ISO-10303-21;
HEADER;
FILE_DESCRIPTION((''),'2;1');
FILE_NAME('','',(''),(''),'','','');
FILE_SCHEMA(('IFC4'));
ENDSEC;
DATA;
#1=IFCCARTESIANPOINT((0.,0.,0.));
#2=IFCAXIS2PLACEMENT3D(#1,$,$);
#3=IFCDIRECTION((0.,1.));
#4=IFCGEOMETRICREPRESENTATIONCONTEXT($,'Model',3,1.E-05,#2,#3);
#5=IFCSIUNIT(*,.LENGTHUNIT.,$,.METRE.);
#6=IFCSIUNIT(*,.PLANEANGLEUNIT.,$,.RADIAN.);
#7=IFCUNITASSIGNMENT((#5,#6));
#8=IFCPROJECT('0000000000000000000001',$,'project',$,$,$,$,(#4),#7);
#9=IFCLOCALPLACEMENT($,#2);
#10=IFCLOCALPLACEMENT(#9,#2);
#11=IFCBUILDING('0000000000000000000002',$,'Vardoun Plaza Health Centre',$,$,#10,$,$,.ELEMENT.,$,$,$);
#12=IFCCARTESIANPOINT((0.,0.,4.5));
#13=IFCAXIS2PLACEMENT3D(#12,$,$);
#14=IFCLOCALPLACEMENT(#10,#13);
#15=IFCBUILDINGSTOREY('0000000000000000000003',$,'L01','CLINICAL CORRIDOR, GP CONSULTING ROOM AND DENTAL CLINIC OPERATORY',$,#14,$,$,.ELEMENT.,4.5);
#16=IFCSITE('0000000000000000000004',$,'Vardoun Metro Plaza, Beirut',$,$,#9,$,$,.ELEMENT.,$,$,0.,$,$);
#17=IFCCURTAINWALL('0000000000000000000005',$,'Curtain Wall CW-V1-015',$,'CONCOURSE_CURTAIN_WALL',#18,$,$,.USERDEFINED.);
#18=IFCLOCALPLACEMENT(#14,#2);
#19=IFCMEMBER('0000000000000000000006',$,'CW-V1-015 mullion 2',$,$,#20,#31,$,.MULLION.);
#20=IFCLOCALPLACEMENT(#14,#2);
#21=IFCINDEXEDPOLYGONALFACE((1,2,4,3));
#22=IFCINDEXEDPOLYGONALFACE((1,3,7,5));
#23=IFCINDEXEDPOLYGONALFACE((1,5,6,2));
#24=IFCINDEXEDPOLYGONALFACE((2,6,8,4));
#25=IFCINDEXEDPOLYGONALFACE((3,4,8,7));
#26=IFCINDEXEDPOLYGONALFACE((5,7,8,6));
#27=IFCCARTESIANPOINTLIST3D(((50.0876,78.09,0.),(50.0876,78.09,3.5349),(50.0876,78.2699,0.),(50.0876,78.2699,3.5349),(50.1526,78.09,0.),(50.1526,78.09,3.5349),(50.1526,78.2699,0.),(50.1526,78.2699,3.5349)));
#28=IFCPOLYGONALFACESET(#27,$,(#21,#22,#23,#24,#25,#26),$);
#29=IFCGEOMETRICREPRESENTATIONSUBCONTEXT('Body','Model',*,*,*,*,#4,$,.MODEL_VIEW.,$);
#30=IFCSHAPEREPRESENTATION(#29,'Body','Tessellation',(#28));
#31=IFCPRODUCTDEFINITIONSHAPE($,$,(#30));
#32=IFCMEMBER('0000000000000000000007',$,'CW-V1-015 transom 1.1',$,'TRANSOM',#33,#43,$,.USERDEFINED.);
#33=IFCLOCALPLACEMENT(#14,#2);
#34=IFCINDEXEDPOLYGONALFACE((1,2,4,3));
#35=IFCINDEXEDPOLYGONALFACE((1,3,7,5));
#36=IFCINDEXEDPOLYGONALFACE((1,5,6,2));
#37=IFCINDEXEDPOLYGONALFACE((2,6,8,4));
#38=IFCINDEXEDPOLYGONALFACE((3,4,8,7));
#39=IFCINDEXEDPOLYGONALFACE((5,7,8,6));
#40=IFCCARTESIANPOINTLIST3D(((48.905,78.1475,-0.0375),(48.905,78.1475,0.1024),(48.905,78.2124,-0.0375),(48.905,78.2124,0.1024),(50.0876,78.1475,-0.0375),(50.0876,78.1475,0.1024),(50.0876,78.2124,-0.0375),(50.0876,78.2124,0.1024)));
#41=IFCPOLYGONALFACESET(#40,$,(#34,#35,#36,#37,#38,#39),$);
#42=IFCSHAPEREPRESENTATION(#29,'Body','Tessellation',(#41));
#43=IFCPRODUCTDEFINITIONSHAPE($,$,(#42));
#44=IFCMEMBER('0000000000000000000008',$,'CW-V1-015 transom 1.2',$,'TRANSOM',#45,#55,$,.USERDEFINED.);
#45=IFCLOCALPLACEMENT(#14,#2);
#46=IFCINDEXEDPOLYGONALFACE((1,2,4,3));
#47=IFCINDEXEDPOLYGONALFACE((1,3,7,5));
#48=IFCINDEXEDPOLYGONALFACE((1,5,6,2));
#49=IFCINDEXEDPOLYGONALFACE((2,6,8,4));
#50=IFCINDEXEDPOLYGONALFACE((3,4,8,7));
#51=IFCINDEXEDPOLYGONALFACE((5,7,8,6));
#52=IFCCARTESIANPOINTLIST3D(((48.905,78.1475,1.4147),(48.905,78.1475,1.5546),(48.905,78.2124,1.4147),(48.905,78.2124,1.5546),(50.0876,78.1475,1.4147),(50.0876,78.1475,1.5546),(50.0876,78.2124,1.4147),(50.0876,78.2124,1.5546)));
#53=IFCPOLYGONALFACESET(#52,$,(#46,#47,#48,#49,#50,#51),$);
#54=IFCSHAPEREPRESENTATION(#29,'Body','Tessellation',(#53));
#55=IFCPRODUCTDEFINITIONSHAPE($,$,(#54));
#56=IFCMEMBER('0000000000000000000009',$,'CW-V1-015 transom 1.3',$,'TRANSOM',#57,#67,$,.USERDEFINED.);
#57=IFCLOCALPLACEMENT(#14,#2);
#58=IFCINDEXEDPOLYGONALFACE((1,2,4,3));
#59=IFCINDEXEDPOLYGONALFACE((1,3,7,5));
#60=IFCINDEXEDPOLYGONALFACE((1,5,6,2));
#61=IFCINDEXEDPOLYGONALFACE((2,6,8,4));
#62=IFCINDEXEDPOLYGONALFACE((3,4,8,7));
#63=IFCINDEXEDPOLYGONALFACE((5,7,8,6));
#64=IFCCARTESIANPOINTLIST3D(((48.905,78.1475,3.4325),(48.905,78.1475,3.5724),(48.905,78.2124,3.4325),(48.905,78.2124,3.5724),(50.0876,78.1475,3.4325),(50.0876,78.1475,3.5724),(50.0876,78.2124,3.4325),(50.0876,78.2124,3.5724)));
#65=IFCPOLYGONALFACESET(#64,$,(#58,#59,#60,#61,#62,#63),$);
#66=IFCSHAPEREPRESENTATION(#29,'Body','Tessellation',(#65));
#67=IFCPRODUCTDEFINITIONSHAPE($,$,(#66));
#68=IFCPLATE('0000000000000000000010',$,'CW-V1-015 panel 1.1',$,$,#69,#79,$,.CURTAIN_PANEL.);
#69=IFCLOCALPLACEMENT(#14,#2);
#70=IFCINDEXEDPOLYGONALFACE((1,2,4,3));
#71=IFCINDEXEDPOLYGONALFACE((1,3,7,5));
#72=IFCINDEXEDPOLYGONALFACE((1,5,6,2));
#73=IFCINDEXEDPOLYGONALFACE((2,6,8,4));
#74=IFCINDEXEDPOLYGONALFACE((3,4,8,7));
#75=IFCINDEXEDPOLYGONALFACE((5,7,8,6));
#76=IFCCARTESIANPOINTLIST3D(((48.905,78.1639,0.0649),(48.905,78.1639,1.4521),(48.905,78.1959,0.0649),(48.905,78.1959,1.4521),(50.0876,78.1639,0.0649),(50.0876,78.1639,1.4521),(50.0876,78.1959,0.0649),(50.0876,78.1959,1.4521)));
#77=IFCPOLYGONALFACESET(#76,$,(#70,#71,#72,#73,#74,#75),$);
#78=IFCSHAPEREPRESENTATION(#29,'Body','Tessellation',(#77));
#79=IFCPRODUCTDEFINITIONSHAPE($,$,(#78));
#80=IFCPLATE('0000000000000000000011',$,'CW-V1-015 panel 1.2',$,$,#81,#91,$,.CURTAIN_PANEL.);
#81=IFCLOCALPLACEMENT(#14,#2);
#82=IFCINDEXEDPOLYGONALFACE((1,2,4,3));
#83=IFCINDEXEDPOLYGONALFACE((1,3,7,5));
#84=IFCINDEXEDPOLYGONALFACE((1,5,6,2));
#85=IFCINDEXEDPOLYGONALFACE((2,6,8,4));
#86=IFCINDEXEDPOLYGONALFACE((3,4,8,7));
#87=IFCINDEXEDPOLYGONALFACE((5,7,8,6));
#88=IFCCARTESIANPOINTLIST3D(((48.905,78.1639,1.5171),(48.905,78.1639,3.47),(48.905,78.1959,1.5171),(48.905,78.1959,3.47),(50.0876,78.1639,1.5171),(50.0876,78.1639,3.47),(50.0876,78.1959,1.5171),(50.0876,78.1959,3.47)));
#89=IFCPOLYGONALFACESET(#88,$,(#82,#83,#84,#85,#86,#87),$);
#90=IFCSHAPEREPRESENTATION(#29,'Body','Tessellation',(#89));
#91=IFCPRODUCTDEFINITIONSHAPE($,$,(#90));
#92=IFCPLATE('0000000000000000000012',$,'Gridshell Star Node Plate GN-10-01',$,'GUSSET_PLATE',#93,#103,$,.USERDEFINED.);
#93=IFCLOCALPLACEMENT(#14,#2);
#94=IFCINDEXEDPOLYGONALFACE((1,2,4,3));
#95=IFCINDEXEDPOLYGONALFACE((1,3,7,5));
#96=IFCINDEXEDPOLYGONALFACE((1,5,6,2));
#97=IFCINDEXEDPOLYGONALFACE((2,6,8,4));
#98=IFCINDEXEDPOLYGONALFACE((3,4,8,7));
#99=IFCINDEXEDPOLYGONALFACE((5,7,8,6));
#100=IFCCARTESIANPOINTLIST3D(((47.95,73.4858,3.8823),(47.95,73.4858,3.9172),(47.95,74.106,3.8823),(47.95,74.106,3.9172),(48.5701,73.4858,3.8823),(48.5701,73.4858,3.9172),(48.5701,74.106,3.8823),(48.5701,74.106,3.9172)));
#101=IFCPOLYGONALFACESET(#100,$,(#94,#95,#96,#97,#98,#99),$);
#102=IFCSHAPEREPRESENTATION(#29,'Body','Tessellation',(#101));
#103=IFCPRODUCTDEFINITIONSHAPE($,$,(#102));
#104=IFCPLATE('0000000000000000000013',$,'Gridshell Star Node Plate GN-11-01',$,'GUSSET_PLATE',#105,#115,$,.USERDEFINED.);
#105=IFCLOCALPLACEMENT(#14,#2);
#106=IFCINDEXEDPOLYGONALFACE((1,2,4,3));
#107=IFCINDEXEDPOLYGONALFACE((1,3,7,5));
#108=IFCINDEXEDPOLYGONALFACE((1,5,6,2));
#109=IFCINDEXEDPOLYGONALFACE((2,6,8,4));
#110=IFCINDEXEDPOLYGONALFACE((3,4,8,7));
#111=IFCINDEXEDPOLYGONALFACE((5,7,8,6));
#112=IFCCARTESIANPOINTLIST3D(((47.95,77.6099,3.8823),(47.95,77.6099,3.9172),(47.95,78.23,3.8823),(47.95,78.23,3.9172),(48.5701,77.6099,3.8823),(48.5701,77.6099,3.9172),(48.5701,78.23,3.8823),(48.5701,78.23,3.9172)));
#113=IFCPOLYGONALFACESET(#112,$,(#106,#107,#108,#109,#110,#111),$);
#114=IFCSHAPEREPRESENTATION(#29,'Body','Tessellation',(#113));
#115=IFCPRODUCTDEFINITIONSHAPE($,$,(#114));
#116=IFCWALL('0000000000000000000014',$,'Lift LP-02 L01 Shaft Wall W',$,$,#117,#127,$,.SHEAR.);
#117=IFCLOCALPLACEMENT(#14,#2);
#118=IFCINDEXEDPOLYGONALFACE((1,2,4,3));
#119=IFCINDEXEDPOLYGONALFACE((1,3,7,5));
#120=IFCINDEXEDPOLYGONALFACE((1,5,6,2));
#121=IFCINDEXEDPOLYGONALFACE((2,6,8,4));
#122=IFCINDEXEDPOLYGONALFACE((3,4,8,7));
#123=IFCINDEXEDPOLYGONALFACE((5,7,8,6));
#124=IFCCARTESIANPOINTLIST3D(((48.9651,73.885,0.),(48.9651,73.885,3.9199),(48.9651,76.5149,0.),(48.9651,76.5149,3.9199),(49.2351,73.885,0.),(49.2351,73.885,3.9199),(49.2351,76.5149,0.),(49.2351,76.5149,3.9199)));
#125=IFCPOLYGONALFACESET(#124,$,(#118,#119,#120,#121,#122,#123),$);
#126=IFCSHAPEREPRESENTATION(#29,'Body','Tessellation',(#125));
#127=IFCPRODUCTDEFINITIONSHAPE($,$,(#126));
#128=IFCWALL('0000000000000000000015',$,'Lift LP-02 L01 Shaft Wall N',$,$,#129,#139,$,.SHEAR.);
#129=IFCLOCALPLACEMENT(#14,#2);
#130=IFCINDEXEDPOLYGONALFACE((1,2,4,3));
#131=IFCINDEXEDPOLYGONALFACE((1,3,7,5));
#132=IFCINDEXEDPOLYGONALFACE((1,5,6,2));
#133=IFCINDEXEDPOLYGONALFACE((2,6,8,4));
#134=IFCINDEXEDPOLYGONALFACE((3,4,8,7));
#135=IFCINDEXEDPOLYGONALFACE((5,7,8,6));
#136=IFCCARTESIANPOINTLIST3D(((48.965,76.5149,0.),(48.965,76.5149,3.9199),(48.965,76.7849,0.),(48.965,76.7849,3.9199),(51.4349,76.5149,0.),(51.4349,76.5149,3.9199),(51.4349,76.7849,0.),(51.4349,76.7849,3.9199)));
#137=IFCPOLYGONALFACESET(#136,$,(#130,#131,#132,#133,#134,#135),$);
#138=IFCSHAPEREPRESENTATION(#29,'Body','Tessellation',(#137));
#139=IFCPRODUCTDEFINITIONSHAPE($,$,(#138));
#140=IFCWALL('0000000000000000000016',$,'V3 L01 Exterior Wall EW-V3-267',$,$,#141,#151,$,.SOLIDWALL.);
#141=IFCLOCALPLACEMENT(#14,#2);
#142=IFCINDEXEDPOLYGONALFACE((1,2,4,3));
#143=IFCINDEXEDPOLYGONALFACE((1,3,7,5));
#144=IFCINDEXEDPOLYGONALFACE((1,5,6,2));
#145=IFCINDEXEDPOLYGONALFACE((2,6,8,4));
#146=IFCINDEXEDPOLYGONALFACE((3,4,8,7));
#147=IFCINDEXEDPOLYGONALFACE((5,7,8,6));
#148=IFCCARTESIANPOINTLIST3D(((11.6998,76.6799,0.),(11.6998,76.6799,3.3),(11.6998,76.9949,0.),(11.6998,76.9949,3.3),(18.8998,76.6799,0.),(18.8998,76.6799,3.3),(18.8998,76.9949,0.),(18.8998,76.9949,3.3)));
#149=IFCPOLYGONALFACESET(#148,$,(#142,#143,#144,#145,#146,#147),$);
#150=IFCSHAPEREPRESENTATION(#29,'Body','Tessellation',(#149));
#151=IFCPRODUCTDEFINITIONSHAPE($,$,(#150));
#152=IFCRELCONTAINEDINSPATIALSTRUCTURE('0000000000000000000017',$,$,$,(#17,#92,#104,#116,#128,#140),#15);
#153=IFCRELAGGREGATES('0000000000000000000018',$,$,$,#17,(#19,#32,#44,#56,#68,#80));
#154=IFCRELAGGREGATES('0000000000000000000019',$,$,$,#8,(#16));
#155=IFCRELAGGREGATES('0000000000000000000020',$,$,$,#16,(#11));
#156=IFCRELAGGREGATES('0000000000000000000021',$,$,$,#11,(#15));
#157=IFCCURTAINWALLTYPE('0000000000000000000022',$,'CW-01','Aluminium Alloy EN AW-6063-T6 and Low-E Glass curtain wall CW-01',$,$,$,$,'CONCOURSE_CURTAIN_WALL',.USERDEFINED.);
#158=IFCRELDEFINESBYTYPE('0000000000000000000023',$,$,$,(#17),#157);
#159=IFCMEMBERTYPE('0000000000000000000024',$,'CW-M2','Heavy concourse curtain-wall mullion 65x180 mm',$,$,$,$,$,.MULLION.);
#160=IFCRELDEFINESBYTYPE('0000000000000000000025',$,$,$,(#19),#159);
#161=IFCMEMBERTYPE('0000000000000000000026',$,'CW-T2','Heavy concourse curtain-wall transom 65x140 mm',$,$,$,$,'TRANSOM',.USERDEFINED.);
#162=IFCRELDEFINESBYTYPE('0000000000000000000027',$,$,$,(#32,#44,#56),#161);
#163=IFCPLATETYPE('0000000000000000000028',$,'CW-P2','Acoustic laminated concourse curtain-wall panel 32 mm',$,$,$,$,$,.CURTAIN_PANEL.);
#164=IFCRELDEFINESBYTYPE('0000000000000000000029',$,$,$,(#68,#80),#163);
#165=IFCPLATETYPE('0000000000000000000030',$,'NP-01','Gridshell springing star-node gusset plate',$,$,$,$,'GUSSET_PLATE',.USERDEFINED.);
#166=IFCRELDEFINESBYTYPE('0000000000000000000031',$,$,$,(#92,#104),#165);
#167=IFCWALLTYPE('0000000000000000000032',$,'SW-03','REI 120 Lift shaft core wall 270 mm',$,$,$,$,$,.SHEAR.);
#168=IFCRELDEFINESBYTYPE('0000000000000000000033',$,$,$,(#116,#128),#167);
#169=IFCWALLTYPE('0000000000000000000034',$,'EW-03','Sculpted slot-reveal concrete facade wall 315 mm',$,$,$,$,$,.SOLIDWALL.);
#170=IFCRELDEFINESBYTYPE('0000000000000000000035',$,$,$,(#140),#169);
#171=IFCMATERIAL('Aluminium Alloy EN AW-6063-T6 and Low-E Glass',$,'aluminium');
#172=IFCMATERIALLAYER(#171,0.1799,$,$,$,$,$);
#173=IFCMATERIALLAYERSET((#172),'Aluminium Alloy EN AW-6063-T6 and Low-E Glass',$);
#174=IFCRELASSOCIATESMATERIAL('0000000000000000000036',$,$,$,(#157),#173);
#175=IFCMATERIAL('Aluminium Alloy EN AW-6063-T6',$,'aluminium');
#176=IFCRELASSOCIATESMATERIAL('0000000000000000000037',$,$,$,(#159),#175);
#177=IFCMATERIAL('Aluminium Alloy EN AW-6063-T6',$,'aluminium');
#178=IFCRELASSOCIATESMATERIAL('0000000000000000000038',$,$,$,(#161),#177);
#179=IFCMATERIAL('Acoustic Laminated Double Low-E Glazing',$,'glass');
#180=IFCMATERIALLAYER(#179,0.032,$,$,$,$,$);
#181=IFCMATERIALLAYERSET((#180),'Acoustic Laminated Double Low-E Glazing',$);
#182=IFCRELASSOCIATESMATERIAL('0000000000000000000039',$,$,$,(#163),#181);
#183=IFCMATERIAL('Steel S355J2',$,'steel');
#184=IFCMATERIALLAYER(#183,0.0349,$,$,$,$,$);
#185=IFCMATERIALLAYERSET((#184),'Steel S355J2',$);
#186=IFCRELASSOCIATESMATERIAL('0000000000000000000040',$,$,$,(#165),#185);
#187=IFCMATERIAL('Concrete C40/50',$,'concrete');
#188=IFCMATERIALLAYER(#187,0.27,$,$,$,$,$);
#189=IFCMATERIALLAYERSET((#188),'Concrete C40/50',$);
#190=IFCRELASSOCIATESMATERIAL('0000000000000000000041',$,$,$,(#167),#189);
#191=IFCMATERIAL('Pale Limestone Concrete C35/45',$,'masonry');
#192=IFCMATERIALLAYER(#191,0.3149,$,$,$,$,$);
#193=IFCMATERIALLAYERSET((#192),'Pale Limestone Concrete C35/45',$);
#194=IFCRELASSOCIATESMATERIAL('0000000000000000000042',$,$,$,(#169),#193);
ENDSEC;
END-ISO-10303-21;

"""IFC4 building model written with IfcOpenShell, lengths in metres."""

from ifc_helpers import new_model, si_unit, direction, frame, frame_2d, origin, origin_2d, place, context, subcontext, project, spatial, rectangle, extrude, material, layer, layer_set, material_profile, profile_set, type_object, element, aggregate, save


model = new_model("IFC4")

# Units and contexts
model_context = context("Model", 3, precision=1e-05, world=origin(), true_north=direction((0.0, 1.0)))
body_context = subcontext(model_context, "Body", "Model", "MODEL_VIEW")
ifc_project = project(units=[si_unit("LENGTHUNIT", "METRE"), si_unit("PLANEANGLEUNIT", "RADIAN")], contexts=[model_context])

# Site, building, storey
site_placement = place(None, origin())
site = spatial("IfcSite", under=ifc_project, at=site_placement, Name="Vardoun Metro Plaza, Beirut", CompositionType="ELEMENT", RefElevation=0.0)
building_placement = place(site_placement, origin())
building = spatial("IfcBuilding", under=site, at=building_placement, Name="Vardoun Plaza Health Centre", CompositionType="ELEMENT")
storey_placement = place(building_placement, frame((0.0, 0.0, 4.5)))
storey = spatial("IfcBuildingStorey", under=building, at=storey_placement, Name="L01", Description="CLINICAL CORRIDOR, GP CONSULTING ROOM AND DENTAL CLINIC OPERATORY", CompositionType="ELEMENT", Elevation=4.5)

# Curtain wall, members, plates
ifc_material_1 = material(Name="Aluminium Alloy EN AW-6063-T6 and Low-E Glass", Category="aluminium")
ifc_layer_1 = layer(ifc_material_1, 0.1799)
ifc_layer_set_1 = layer_set([ifc_layer_1], Name="Aluminium Alloy EN AW-6063-T6 and Low-E Glass")
curtain_wall_type = type_object("IfcCurtainWallType", Name="CW-01", Description="Aluminium Alloy EN AW-6063-T6 and Low-E Glass curtain wall CW-01", ElementType="CONCOURSE_CURTAIN_WALL", PredefinedType="USERDEFINED", material=ifc_layer_set_1)
curtain_wall_placement = place(storey_placement, origin())
curtain_wall = element("IfcCurtainWall", 1, at=curtain_wall_placement, inside=storey, type_object=curtain_wall_type, Name="Curtain Wall CW-V1-015", ObjectType="CONCOURSE_CURTAIN_WALL", PredefinedType="USERDEFINED")
ifc_material_2 = material(Name="Aluminium Alloy EN AW-6063-T6", Category="aluminium")
ifc_material_profile_1 = material_profile(ifc_material_2, rectangle(XDim=0.1799, YDim=0.0649, at=origin_2d()), Name="CWM 65x180")
ifc_profile_set_1 = profile_set([ifc_material_profile_1], Name="Aluminium Alloy EN AW-6063-T6")
member_type_1 = type_object("IfcMemberType", Name="CW-M2", Description="Heavy concourse curtain-wall mullion 65x180 mm", PredefinedType="MULLION", material=ifc_profile_set_1)
member_1_placement = place(storey_placement, frame((50.1201, 78.1799, 0.0), z_axis=(0.0, 0.0, 1.0), x_axis=(0.0, 1.0, 0.0)))
member_1 = element("IfcMember", 2, at=member_1_placement, type_object=member_type_1, Name="CW-V1-015 mullion 2", PredefinedType="MULLION", context=body_context, shape_type="SweptSolid", body=[
    extrude(rectangle(XDim=0.1799, YDim=0.0649, at=origin_2d()), origin(), (0.0, 0.0, 1.0), 3.5349),
])
ifc_material_3 = material(Name="Aluminium Alloy EN AW-6063-T6", Category="aluminium")
ifc_material_profile_2 = material_profile(ifc_material_3, rectangle(XDim=0.0649, YDim=0.1399, at=origin_2d()), Name="CWT 65x140")
ifc_profile_set_2 = profile_set([ifc_material_profile_2], Name="Aluminium Alloy EN AW-6063-T6")
member_type_2 = type_object("IfcMemberType", Name="CW-T2", Description="Heavy concourse curtain-wall transom 65x140 mm", ElementType="TRANSOM", PredefinedType="USERDEFINED", material=ifc_profile_set_2)
member_2_placement = place(storey_placement, frame((48.905, 78.1799, 0.0325), z_axis=(1.0, 0.0, 0.0), x_axis=(0.0, 1.0, 0.0)))
member_2 = element("IfcMember", 3, at=member_2_placement, type_object=member_type_2, Name="CW-V1-015 transom 1.1", ObjectType="TRANSOM", PredefinedType="USERDEFINED", context=body_context, shape_type="SweptSolid", body=[
    extrude(rectangle(XDim=0.0649, YDim=0.1399, at=origin_2d()), origin(), (0.0, 0.0, 1.0), 1.1826),
])
member_3_placement = place(storey_placement, frame((48.905, 78.1799, 1.4846), z_axis=(1.0, 0.0, 0.0), x_axis=(0.0, 1.0, 0.0)))
member_3 = element("IfcMember", 4, at=member_3_placement, type_object=member_type_2, Name="CW-V1-015 transom 1.2", ObjectType="TRANSOM", PredefinedType="USERDEFINED", context=body_context, shape_type="SweptSolid", body=[
    extrude(rectangle(XDim=0.0649, YDim=0.1399, at=origin_2d()), origin(), (0.0, 0.0, 1.0), 1.1826),
])
member_4_placement = place(storey_placement, frame((48.905, 78.1799, 3.5024), z_axis=(1.0, 0.0, 0.0), x_axis=(0.0, 1.0, 0.0)))
member_4 = element("IfcMember", 5, at=member_4_placement, type_object=member_type_2, Name="CW-V1-015 transom 1.3", ObjectType="TRANSOM", PredefinedType="USERDEFINED", context=body_context, shape_type="SweptSolid", body=[
    extrude(rectangle(XDim=0.0649, YDim=0.1399, at=origin_2d()), origin(), (0.0, 0.0, 1.0), 1.1826),
])
ifc_material_4 = material(Name="Acoustic Laminated Double Low-E Glazing", Category="glass")
ifc_layer_2 = layer(ifc_material_4, 0.032)
ifc_layer_set_2 = layer_set([ifc_layer_2], Name="Acoustic Laminated Double Low-E Glazing")
plate_type_1 = type_object("IfcPlateType", Name="CW-P2", Description="Acoustic laminated concourse curtain-wall panel 32 mm", PredefinedType="CURTAIN_PANEL", material=ifc_layer_set_2)
plate_1_placement = place(storey_placement, frame((49.4963, 78.1799, 0.0649), z_axis=(0.0, 0.0, 1.0), x_axis=(1.0, 0.0, 0.0)))
plate_1 = element("IfcPlate", 6, at=plate_1_placement, type_object=plate_type_1, Name="CW-V1-015 panel 1.1", PredefinedType="CURTAIN_PANEL", context=body_context, shape_type="SweptSolid", body=[
    extrude(rectangle(XDim=1.1826, YDim=0.032, at=origin_2d()), origin(), (0.0, 0.0, 1.0), 1.3872),
])
plate_2_placement = place(storey_placement, frame((49.4963, 78.1799, 1.5171), z_axis=(0.0, 0.0, 1.0), x_axis=(1.0, 0.0, 0.0)))
plate_2 = element("IfcPlate", 7, at=plate_2_placement, type_object=plate_type_1, Name="CW-V1-015 panel 1.2", PredefinedType="CURTAIN_PANEL", context=body_context, shape_type="SweptSolid", body=[
    extrude(rectangle(XDim=1.1826, YDim=0.032, at=origin_2d()), origin(), (0.0, 0.0, 1.0), 1.9529),
])
aggregate(curtain_wall, [member_1, member_2, member_3, member_4, plate_1, plate_2])

# Plates
ifc_material_5 = material(Name="Steel S355J2", Category="steel")
ifc_layer_3 = layer(ifc_material_5, 0.0349)
ifc_layer_set_3 = layer_set([ifc_layer_3], Name="Steel S355J2")
plate_type_2 = type_object("IfcPlateType", Name="NP-01", Description="Gridshell springing star-node gusset plate", ElementType="GUSSET_PLATE", PredefinedType="USERDEFINED", material=ifc_layer_set_3)
for number, where, z_axis, x_axis, name in (
    (8, (48.26, 73.7959, 3.8823), (0.0, 0.0, 1.0), (1.0, 0.0, 0.0), "Gridshell Star Node Plate GN-10-01"),
    (9, (48.26, 77.9199, 3.8823), (0.0, 0.0, 1.0), (1.0, 0.0, 0.0), "Gridshell Star Node Plate GN-11-01"),
):
    element("IfcPlate", number, at=place(storey_placement, frame(where, z_axis=z_axis, x_axis=x_axis)), inside=storey, type_object=plate_type_2, Name=name, ObjectType="GUSSET_PLATE", PredefinedType="USERDEFINED", context=body_context, shape_type="SweptSolid", body=[
        extrude(rectangle(XDim=0.6201, YDim=0.6201, at=origin_2d()), origin(), (0.0, 0.0, 1.0), 0.0349),
    ])

# Walls
ifc_material_6 = material(Name="Concrete C40/50", Category="concrete")
ifc_layer_4 = layer(ifc_material_6, 0.27)
ifc_layer_set_4 = layer_set([ifc_layer_4], Name="Concrete C40/50")
wall_type_1 = type_object("IfcWallType", Name="SW-03", Description="REI 120 Lift shaft core wall 270 mm", PredefinedType="SHEAR", material=ifc_layer_set_4)
wall_1_placement = place(storey_placement, frame((49.1001, 73.885, 0.0), z_axis=(0.0, 0.0, 1.0), x_axis=(0.0, 1.0, 0.0)))
element("IfcWall", 10, at=wall_1_placement, inside=storey, type_object=wall_type_1, Name="Lift LP-02 L01 Shaft Wall W", PredefinedType="SHEAR", context=body_context, shape_type="SweptSolid", body=[
    extrude(rectangle(XDim=2.6299, YDim=0.27, at=frame_2d((1.3149, 0.0))), origin(), (0.0, 0.0, 1.0), 3.9199),
])
wall_2_placement = place(storey_placement, frame((48.9651, 76.6499, 0.0), z_axis=(0.0, 0.0, 1.0), x_axis=(1.0, 0.0, 0.0)))
element("IfcWall", 11, at=wall_2_placement, inside=storey, type_object=wall_type_1, Name="Lift LP-02 L01 Shaft Wall N", PredefinedType="SHEAR", context=body_context, shape_type="SweptSolid", body=[
    extrude(rectangle(XDim=2.47, YDim=0.27, at=frame_2d((1.2349, 0.0))), origin(), (0.0, 0.0, 1.0), 3.9199),
])
ifc_material_7 = material(Name="Pale Limestone Concrete C35/45", Category="masonry")
ifc_layer_5 = layer(ifc_material_7, 0.3149)
ifc_layer_set_5 = layer_set([ifc_layer_5], Name="Pale Limestone Concrete C35/45")
wall_type_2 = type_object("IfcWallType", Name="EW-03", Description="Sculpted slot-reveal concrete facade wall 315 mm", PredefinedType="SOLIDWALL", material=ifc_layer_set_5)
wall_3_placement = place(storey_placement, frame((18.8999, 76.8374, 0.0), z_axis=(0.0, 0.0, 1.0), x_axis=(-1.0, 0.0, 0.0)))
element("IfcWall", 12, at=wall_3_placement, inside=storey, type_object=wall_type_2, Name="V3 L01 Exterior Wall EW-V3-267", PredefinedType="SOLIDWALL", context=body_context, shape_type="SweptSolid", body=[
    extrude(rectangle(XDim=7.2, YDim=0.3149, at=frame_2d((3.6001, 0.0))), origin(), (0.0, 0.0, 1.0), 3.3),
])

save(model, "model.ifc")
